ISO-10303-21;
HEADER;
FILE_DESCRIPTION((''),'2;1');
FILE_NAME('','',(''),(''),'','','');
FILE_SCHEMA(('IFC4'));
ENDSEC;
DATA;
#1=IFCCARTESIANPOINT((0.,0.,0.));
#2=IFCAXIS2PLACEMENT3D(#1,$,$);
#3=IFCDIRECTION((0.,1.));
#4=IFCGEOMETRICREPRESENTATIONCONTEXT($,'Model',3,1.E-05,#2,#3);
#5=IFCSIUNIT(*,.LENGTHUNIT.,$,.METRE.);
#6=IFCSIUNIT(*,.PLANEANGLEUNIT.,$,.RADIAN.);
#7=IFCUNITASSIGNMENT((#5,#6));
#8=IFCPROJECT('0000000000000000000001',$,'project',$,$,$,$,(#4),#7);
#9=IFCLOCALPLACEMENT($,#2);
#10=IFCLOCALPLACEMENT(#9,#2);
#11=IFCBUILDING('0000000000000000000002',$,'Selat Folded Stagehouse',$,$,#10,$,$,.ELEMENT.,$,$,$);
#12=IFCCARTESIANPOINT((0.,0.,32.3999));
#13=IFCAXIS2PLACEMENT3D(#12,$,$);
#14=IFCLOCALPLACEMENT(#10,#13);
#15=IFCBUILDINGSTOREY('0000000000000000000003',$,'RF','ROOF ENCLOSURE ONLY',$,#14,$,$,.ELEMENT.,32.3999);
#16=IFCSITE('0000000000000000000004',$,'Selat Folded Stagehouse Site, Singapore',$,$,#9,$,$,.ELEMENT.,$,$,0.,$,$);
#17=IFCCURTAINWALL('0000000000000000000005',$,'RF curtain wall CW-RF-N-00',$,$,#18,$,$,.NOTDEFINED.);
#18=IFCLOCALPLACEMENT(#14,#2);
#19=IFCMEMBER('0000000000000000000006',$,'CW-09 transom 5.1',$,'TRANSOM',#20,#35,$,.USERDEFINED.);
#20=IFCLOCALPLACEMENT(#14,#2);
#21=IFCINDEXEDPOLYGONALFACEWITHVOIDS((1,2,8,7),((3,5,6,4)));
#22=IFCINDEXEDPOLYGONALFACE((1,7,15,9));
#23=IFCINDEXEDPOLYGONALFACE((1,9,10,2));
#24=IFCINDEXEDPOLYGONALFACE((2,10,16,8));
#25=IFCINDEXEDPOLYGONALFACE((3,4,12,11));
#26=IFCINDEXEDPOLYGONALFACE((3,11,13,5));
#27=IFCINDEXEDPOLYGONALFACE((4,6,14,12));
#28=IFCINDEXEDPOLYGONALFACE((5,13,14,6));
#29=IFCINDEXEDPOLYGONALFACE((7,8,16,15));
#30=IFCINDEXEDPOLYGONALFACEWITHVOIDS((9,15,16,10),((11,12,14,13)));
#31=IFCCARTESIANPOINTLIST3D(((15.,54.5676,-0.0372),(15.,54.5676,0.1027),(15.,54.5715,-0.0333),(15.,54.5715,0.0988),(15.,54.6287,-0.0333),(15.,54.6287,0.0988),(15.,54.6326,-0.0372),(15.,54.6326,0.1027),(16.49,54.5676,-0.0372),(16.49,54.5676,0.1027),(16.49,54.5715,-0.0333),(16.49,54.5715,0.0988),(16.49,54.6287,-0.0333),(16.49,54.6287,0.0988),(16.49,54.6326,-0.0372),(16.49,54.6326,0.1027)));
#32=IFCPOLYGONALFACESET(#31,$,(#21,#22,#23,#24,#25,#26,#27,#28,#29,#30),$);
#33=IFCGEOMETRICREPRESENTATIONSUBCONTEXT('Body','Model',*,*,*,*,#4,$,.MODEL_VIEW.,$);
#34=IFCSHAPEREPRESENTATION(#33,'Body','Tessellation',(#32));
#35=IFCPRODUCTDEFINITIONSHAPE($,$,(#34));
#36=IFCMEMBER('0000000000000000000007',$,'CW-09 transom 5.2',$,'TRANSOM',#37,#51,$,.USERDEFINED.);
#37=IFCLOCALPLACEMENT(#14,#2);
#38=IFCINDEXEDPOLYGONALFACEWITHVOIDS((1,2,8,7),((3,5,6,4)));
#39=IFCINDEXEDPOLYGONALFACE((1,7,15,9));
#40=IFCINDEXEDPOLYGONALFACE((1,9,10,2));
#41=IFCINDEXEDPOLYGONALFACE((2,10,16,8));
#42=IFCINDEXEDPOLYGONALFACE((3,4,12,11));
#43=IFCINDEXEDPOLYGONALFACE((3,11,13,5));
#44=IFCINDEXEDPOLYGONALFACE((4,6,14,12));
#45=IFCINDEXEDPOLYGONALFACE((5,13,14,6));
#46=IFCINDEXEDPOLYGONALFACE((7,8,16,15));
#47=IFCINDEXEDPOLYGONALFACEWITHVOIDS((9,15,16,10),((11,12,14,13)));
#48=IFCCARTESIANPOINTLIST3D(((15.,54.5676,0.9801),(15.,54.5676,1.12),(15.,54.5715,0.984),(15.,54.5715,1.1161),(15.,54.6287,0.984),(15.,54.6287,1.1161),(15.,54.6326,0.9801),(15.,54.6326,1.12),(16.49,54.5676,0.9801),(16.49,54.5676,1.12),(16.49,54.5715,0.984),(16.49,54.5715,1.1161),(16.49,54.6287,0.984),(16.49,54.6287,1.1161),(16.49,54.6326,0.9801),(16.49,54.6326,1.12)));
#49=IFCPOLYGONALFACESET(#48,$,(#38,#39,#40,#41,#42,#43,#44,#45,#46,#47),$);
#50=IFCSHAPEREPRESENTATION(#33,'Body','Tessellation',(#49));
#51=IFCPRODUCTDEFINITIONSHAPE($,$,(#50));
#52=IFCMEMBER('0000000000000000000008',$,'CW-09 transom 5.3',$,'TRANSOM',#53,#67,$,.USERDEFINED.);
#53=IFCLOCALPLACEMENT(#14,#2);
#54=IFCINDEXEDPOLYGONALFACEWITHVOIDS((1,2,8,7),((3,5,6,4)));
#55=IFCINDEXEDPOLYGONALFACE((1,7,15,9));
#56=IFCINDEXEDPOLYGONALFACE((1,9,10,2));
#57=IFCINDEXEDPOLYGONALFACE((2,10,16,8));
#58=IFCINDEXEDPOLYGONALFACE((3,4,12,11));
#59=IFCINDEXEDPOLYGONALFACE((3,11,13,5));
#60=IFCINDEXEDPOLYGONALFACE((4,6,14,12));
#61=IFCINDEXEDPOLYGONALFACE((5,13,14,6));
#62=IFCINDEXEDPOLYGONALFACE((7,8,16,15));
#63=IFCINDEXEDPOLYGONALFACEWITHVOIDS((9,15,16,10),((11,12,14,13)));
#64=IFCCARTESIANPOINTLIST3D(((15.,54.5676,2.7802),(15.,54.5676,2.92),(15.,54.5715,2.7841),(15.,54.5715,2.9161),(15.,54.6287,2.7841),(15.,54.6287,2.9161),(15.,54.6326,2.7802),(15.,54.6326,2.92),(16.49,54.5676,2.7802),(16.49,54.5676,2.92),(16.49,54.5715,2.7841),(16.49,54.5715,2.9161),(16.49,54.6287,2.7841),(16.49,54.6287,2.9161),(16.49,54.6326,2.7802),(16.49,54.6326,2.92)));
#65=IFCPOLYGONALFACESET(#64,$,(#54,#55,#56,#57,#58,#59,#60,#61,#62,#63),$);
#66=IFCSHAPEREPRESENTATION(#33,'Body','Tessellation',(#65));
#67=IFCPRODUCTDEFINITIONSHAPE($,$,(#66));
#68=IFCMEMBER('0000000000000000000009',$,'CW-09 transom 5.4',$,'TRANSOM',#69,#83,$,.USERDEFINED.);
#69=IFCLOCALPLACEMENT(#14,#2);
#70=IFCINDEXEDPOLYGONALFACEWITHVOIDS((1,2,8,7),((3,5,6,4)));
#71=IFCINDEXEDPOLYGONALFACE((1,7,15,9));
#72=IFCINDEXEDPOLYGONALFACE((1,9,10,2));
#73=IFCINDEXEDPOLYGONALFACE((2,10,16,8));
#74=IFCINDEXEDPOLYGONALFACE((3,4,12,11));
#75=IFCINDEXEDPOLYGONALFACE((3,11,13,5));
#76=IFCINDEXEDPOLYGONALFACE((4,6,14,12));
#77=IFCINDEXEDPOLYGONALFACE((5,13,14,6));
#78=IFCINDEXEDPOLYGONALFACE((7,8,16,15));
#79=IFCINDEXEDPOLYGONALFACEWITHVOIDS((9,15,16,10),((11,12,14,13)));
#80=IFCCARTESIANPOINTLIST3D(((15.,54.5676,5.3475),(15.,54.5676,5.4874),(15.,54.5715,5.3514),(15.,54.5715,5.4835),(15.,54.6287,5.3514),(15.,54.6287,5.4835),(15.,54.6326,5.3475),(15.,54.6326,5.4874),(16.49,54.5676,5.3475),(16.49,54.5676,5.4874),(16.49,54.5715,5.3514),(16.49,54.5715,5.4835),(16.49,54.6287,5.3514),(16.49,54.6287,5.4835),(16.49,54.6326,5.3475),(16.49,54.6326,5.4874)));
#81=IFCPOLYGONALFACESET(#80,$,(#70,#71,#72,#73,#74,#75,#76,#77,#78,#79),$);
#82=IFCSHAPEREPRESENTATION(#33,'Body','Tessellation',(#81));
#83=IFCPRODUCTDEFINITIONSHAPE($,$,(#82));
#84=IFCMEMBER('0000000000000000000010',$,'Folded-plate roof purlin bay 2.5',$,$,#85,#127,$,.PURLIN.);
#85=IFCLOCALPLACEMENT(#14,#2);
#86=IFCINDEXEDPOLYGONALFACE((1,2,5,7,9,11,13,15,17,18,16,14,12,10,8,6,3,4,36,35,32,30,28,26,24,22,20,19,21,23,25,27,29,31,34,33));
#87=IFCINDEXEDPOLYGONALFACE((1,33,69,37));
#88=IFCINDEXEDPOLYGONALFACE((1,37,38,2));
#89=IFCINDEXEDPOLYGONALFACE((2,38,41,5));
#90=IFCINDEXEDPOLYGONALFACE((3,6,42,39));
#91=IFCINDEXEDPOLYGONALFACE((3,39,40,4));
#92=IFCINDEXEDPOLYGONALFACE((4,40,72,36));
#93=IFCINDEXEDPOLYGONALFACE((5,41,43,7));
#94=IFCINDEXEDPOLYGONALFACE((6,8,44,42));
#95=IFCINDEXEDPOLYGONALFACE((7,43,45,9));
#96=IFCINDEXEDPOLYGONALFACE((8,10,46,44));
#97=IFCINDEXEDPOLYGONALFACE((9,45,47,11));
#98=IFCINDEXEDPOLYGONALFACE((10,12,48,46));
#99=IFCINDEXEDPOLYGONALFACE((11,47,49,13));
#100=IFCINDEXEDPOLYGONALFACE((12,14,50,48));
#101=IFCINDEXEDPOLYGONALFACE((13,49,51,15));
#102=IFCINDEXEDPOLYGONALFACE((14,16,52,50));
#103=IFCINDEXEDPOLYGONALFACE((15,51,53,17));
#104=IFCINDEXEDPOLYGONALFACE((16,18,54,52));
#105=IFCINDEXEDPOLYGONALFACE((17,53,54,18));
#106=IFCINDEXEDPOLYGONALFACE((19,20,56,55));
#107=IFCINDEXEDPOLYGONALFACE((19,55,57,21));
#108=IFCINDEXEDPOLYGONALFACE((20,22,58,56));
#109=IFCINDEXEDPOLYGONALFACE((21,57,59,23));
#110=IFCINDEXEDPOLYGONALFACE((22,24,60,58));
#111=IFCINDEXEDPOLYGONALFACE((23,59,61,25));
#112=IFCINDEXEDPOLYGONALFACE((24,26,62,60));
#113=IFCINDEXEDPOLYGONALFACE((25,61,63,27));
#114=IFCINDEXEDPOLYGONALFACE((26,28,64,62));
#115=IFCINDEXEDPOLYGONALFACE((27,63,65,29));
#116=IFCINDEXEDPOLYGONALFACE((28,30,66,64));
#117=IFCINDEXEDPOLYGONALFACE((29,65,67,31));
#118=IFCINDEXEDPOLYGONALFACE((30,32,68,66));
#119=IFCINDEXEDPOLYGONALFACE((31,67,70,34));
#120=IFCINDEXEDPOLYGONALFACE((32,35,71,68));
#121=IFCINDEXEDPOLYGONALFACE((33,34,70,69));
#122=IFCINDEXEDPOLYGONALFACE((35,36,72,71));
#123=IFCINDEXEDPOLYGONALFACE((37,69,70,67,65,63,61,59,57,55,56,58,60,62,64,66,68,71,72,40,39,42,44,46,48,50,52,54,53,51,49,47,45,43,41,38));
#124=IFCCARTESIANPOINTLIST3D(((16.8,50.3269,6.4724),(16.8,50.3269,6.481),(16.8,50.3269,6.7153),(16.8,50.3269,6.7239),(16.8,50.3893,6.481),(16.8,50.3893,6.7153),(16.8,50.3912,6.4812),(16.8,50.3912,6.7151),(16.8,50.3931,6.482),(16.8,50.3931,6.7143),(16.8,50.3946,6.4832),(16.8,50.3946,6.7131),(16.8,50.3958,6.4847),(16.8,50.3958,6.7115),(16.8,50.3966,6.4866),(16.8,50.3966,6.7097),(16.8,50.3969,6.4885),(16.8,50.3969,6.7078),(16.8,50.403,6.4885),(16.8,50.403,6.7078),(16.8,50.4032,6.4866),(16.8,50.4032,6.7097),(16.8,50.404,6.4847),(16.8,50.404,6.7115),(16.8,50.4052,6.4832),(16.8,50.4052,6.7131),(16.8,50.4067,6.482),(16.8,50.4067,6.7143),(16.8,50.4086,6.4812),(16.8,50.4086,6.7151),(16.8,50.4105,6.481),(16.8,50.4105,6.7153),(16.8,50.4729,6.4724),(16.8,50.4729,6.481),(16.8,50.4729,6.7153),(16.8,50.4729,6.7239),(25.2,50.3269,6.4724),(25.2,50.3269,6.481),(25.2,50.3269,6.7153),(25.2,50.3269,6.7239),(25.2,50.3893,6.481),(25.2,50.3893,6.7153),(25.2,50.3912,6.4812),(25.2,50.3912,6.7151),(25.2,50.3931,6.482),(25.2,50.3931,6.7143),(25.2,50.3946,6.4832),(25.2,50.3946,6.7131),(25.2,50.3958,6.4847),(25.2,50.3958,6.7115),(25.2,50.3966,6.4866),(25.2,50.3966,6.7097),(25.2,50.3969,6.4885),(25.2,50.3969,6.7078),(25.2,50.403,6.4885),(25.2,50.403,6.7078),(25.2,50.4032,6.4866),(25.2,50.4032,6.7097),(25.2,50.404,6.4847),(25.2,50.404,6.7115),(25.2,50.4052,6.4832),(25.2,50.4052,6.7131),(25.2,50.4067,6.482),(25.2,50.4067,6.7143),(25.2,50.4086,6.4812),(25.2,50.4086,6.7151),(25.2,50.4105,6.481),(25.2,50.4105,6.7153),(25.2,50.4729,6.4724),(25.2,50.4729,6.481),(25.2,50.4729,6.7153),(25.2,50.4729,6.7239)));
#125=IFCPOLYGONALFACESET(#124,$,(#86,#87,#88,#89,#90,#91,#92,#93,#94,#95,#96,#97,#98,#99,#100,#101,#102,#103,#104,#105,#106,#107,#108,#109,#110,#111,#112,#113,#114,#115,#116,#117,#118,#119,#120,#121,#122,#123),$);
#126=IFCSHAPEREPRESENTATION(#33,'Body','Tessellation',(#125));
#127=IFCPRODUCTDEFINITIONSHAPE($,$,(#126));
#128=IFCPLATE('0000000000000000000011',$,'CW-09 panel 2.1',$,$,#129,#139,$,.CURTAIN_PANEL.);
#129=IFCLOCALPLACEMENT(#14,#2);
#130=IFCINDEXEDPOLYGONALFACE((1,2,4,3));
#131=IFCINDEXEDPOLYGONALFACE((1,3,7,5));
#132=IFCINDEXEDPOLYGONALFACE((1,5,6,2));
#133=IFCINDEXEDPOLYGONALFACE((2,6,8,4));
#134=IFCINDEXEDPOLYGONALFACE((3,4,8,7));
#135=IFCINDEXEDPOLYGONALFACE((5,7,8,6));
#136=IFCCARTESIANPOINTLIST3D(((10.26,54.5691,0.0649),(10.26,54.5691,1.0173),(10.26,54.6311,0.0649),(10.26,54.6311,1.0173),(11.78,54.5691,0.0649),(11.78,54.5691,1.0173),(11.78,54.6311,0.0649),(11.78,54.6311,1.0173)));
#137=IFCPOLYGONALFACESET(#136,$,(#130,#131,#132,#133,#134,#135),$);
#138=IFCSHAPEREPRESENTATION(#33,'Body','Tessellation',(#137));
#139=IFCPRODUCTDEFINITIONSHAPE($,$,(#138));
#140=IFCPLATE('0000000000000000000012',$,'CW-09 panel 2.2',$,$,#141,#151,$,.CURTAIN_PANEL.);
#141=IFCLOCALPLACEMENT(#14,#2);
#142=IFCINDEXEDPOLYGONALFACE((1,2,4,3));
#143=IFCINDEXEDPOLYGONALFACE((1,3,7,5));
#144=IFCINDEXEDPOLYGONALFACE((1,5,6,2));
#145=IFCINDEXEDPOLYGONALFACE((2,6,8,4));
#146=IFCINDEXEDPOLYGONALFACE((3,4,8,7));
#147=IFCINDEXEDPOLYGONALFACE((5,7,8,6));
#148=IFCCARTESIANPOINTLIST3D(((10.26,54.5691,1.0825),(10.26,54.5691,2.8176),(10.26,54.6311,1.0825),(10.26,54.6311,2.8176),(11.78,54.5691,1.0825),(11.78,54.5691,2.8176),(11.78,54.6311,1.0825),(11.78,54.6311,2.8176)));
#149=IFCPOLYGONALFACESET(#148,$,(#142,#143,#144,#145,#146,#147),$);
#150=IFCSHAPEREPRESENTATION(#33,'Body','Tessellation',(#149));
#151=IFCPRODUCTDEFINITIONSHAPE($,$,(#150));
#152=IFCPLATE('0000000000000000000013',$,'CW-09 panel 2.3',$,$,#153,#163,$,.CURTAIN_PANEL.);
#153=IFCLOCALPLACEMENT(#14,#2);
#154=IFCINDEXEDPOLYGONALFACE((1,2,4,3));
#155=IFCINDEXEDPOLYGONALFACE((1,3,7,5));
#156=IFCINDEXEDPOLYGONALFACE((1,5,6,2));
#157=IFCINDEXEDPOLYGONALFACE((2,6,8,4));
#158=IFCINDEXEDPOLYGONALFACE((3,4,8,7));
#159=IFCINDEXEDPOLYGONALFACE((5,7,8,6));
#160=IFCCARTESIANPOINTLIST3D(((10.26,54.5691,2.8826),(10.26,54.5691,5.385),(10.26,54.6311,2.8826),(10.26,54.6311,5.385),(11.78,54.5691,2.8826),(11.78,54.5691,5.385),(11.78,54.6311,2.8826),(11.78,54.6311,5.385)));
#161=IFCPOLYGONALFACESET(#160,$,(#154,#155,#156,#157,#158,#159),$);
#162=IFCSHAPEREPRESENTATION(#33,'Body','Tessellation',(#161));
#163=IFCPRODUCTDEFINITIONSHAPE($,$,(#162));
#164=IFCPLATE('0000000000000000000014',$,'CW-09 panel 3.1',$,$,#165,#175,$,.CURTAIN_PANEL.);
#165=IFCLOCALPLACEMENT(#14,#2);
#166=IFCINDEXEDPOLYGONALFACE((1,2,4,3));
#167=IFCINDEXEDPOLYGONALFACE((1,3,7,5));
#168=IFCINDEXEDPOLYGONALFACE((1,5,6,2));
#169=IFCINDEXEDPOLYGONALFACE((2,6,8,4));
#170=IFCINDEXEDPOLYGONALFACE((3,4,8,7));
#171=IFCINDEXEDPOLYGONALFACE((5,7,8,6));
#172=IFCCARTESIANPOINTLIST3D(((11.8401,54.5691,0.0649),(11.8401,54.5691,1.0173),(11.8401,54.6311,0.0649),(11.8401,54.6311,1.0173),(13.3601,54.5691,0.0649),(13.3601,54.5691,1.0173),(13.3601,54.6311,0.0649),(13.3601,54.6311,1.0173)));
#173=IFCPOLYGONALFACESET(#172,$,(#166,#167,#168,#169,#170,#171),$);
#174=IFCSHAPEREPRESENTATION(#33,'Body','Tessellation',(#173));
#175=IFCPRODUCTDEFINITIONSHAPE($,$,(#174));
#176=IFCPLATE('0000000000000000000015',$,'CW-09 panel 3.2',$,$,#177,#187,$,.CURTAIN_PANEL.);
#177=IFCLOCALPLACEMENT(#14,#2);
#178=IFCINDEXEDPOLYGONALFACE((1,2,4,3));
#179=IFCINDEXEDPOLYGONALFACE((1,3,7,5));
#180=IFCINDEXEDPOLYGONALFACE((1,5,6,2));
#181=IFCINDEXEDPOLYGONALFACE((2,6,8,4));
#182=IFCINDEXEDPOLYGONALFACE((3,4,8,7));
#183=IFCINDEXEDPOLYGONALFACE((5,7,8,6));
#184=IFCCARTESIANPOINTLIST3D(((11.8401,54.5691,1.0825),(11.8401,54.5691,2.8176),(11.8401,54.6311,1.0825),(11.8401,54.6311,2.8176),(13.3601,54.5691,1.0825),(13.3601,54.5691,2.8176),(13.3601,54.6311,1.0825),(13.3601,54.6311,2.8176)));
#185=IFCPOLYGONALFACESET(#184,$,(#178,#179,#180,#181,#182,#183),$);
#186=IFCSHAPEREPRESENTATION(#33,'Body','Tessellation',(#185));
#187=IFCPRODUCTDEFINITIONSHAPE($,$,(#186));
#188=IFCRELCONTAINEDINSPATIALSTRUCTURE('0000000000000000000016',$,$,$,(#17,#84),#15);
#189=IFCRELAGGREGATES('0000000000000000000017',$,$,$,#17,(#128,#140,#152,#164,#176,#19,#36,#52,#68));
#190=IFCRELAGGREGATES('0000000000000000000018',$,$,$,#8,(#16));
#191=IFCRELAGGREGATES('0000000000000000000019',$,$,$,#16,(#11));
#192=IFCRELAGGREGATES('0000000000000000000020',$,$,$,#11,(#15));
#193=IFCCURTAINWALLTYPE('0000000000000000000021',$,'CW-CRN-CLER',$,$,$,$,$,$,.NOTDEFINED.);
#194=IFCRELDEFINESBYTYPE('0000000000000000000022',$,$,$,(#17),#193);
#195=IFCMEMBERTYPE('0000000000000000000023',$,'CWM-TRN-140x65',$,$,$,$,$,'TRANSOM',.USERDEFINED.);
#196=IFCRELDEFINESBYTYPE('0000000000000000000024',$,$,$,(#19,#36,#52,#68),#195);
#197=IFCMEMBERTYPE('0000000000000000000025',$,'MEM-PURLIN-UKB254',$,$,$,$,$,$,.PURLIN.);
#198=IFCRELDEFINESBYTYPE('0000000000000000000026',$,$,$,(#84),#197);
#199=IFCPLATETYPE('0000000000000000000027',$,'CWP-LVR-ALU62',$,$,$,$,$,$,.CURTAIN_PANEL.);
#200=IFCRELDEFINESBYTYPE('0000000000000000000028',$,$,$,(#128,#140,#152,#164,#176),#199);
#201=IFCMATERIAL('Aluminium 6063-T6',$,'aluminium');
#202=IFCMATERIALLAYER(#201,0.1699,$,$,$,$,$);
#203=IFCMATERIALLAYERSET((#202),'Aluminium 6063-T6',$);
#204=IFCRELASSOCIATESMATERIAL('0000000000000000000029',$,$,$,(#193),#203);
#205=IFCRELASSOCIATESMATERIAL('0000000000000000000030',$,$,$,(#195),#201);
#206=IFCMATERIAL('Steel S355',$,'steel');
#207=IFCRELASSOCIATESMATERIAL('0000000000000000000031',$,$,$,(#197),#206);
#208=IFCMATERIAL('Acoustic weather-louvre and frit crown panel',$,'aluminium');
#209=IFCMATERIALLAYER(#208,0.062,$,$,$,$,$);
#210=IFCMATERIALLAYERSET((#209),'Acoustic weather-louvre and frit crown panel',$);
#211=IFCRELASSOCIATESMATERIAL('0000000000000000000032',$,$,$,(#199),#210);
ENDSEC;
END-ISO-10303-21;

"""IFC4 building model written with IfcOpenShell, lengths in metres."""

from ifc_helpers import new_model, si_unit, direction, frame, origin, origin_2d, place, context, subcontext, project, spatial, rectangle, hollow_rectangle, i_section, extrude, material, layer, layer_set, material_profile, profile_set, type_object, element, aggregate, save


model = new_model("IFC4")

# Units and contexts
model_context = context("Model", 3, precision=1e-05, world=origin(), true_north=direction((0.0, 1.0)))
body_context = subcontext(model_context, "Body", "Model", "MODEL_VIEW")
ifc_project = project(units=[si_unit("LENGTHUNIT", "METRE"), si_unit("PLANEANGLEUNIT", "RADIAN")], contexts=[model_context])

# Site, building, storey
site_placement = place(None, origin())
site = spatial("IfcSite", under=ifc_project, at=site_placement, Name="Selat Folded Stagehouse Site, Singapore", CompositionType="ELEMENT", RefElevation=0.0)
building_placement = place(site_placement, origin())
building = spatial("IfcBuilding", under=site, at=building_placement, Name="Selat Folded Stagehouse", CompositionType="ELEMENT")
storey_placement = place(building_placement, frame((0.0, 0.0, 32.3999)))
storey = spatial("IfcBuildingStorey", under=building, at=storey_placement, Name="RF", Description="ROOF ENCLOSURE ONLY", CompositionType="ELEMENT", Elevation=32.3999)

# Shared definitions
ifc_material_1 = material(Name="Steel S355", Category="steel")

# Curtain wall, members
ifc_material_2 = material(Name="Aluminium 6063-T6", Category="aluminium")
ifc_layer_1 = layer(ifc_material_2, 0.1699)
ifc_layer_set_1 = layer_set([ifc_layer_1], Name="Aluminium 6063-T6")
curtain_wall_type = type_object("IfcCurtainWallType", Name="CW-CRN-CLER", PredefinedType="NOTDEFINED", material=ifc_layer_set_1)
curtain_wall_placement = place(storey_placement, origin())
curtain_wall = element("IfcCurtainWall", 1, at=curtain_wall_placement, inside=storey, type_object=curtain_wall_type, Name="RF curtain wall CW-RF-N-00", PredefinedType="NOTDEFINED")
ifc_material_profile_1 = material_profile(ifc_material_2, hollow_rectangle(XDim=0.0649, YDim=0.1399, WallThickness=0.0039, at=origin_2d()), Name="ALU 140x65x4.0")
ifc_profile_set_1 = profile_set([ifc_material_profile_1], Name="Aluminium 6063-T6")
member_type_1 = type_object("IfcMemberType", Name="CWM-TRN-140x65", ElementType="TRANSOM", PredefinedType="USERDEFINED", material=ifc_profile_set_1)
member_1_placement = place(storey_placement, frame((15.0, 54.6001, 0.0327), z_axis=(1.0, 0.0, 0.0), x_axis=(0.0, 1.0, 0.0)))
member_1 = element("IfcMember", 2, at=member_1_placement, type_object=member_type_1, Name="CW-09 transom 5.1", ObjectType="TRANSOM", PredefinedType="USERDEFINED", context=body_context, shape_type="SweptSolid", body=[
    extrude(hollow_rectangle(XDim=0.0649, YDim=0.1399, WallThickness=0.0039, at=origin_2d()), origin(), (0.0, 0.0, 1.0), 1.49),
])
member_2_placement = place(storey_placement, frame((15.0, 54.6001, 1.05), z_axis=(1.0, 0.0, 0.0), x_axis=(0.0, 1.0, 0.0)))
member_2 = element("IfcMember", 3, at=member_2_placement, type_object=member_type_1, Name="CW-09 transom 5.2", ObjectType="TRANSOM", PredefinedType="USERDEFINED", context=body_context, shape_type="SweptSolid", body=[
    extrude(hollow_rectangle(XDim=0.0649, YDim=0.1399, WallThickness=0.0039, at=origin_2d()), origin(), (0.0, 0.0, 1.0), 1.49),
])
member_3_placement = place(storey_placement, frame((15.0, 54.6001, 2.8501), z_axis=(1.0, 0.0, 0.0), x_axis=(0.0, 1.0, 0.0)))
member_3 = element("IfcMember", 4, at=member_3_placement, type_object=member_type_1, Name="CW-09 transom 5.3", ObjectType="TRANSOM", PredefinedType="USERDEFINED", context=body_context, shape_type="SweptSolid", body=[
    extrude(hollow_rectangle(XDim=0.0649, YDim=0.1399, WallThickness=0.0039, at=origin_2d()), origin(), (0.0, 0.0, 1.0), 1.49),
])
member_4_placement = place(storey_placement, frame((15.0, 54.6001, 5.4175), z_axis=(1.0, 0.0, 0.0), x_axis=(0.0, 1.0, 0.0)))
member_4 = element("IfcMember", 5, at=member_4_placement, type_object=member_type_1, Name="CW-09 transom 5.4", ObjectType="TRANSOM", PredefinedType="USERDEFINED", context=body_context, shape_type="SweptSolid", body=[
    extrude(hollow_rectangle(XDim=0.0649, YDim=0.1399, WallThickness=0.0039, at=origin_2d()), origin(), (0.0, 0.0, 1.0), 1.49),
])

# Member
ifc_material_profile_2 = material_profile(ifc_material_1, i_section(OverallWidth=0.146, OverallDepth=0.2515, WebThickness=0.0061, FlangeThickness=0.0085, FilletRadius=0.0076, at=origin_2d()), Name="UKB 254x146x31")
ifc_profile_set_2 = profile_set([ifc_material_profile_2], Name="Steel S355")
member_type_2 = type_object("IfcMemberType", Name="MEM-PURLIN-UKB254", PredefinedType="PURLIN", material=ifc_profile_set_2)
member_5_placement = place(storey_placement, frame((16.8, 50.3999, 6.5981), z_axis=(1.0, 0.0, 0.0), x_axis=(0.0, 1.0, 0.0)))
element("IfcMember", 6, at=member_5_placement, inside=storey, type_object=member_type_2, Name="Folded-plate roof purlin bay 2.5", PredefinedType="PURLIN", context=body_context, shape_type="SweptSolid", body=[
    extrude(i_section(OverallWidth=0.146, OverallDepth=0.2515, WebThickness=0.0061, FlangeThickness=0.0085, FilletRadius=0.0076, at=origin_2d()), origin(), (0.0, 0.0, 1.0), 8.3999),
])

# Plates
ifc_material_3 = material(Name="Acoustic weather-louvre and frit crown panel", Category="aluminium")
ifc_layer_2 = layer(ifc_material_3, 0.062)
ifc_layer_set_2 = layer_set([ifc_layer_2], Name="Acoustic weather-louvre and frit crown panel")
plate_type = type_object("IfcPlateType", Name="CWP-LVR-ALU62", PredefinedType="CURTAIN_PANEL", material=ifc_layer_set_2)
plate_1_placement = place(storey_placement, frame((11.02, 54.6001, 0.0649), z_axis=(0.0, 0.0, 1.0), x_axis=(1.0, 0.0, 0.0)))
plate_1 = element("IfcPlate", 7, at=plate_1_placement, type_object=plate_type, Name="CW-09 panel 2.1", PredefinedType="CURTAIN_PANEL", context=body_context, shape_type="SweptSolid", body=[
    extrude(rectangle(XDim=1.52, YDim=0.062, at=origin_2d()), origin(), (0.0, 0.0, 1.0), 0.9524),
])
plate_2_placement = place(storey_placement, frame((11.02, 54.6001, 1.0825), z_axis=(0.0, 0.0, 1.0), x_axis=(1.0, 0.0, 0.0)))
plate_2 = element("IfcPlate", 8, at=plate_2_placement, type_object=plate_type, Name="CW-09 panel 2.2", PredefinedType="CURTAIN_PANEL", context=body_context, shape_type="SweptSolid", body=[
    extrude(rectangle(XDim=1.52, YDim=0.062, at=origin_2d()), origin(), (0.0, 0.0, 1.0), 1.7351),
])
plate_3_placement = place(storey_placement, frame((11.02, 54.6001, 2.8826), z_axis=(0.0, 0.0, 1.0), x_axis=(1.0, 0.0, 0.0)))
plate_3 = element("IfcPlate", 9, at=plate_3_placement, type_object=plate_type, Name="CW-09 panel 2.3", PredefinedType="CURTAIN_PANEL", context=body_context, shape_type="SweptSolid", body=[
    extrude(rectangle(XDim=1.52, YDim=0.062, at=origin_2d()), origin(), (0.0, 0.0, 1.0), 2.5024),
])
plate_4_placement = place(storey_placement, frame((12.6001, 54.6001, 0.0649), z_axis=(0.0, 0.0, 1.0), x_axis=(1.0, 0.0, 0.0)))
plate_4 = element("IfcPlate", 10, at=plate_4_placement, type_object=plate_type, Name="CW-09 panel 3.1", PredefinedType="CURTAIN_PANEL", context=body_context, shape_type="SweptSolid", body=[
    extrude(rectangle(XDim=1.52, YDim=0.062, at=origin_2d()), origin(), (0.0, 0.0, 1.0), 0.9524),
])
plate_5_placement = place(storey_placement, frame((12.6001, 54.6001, 1.0825), z_axis=(0.0, 0.0, 1.0), x_axis=(1.0, 0.0, 0.0)))
plate_5 = element("IfcPlate", 11, at=plate_5_placement, type_object=plate_type, Name="CW-09 panel 3.2", PredefinedType="CURTAIN_PANEL", context=body_context, shape_type="SweptSolid", body=[
    extrude(rectangle(XDim=1.52, YDim=0.062, at=origin_2d()), origin(), (0.0, 0.0, 1.0), 1.7351),
])
aggregate(curtain_wall, [plate_1, plate_2, plate_3, plate_4, plate_5, member_1, member_2, member_3, member_4])

save(model, "model.ifc")
